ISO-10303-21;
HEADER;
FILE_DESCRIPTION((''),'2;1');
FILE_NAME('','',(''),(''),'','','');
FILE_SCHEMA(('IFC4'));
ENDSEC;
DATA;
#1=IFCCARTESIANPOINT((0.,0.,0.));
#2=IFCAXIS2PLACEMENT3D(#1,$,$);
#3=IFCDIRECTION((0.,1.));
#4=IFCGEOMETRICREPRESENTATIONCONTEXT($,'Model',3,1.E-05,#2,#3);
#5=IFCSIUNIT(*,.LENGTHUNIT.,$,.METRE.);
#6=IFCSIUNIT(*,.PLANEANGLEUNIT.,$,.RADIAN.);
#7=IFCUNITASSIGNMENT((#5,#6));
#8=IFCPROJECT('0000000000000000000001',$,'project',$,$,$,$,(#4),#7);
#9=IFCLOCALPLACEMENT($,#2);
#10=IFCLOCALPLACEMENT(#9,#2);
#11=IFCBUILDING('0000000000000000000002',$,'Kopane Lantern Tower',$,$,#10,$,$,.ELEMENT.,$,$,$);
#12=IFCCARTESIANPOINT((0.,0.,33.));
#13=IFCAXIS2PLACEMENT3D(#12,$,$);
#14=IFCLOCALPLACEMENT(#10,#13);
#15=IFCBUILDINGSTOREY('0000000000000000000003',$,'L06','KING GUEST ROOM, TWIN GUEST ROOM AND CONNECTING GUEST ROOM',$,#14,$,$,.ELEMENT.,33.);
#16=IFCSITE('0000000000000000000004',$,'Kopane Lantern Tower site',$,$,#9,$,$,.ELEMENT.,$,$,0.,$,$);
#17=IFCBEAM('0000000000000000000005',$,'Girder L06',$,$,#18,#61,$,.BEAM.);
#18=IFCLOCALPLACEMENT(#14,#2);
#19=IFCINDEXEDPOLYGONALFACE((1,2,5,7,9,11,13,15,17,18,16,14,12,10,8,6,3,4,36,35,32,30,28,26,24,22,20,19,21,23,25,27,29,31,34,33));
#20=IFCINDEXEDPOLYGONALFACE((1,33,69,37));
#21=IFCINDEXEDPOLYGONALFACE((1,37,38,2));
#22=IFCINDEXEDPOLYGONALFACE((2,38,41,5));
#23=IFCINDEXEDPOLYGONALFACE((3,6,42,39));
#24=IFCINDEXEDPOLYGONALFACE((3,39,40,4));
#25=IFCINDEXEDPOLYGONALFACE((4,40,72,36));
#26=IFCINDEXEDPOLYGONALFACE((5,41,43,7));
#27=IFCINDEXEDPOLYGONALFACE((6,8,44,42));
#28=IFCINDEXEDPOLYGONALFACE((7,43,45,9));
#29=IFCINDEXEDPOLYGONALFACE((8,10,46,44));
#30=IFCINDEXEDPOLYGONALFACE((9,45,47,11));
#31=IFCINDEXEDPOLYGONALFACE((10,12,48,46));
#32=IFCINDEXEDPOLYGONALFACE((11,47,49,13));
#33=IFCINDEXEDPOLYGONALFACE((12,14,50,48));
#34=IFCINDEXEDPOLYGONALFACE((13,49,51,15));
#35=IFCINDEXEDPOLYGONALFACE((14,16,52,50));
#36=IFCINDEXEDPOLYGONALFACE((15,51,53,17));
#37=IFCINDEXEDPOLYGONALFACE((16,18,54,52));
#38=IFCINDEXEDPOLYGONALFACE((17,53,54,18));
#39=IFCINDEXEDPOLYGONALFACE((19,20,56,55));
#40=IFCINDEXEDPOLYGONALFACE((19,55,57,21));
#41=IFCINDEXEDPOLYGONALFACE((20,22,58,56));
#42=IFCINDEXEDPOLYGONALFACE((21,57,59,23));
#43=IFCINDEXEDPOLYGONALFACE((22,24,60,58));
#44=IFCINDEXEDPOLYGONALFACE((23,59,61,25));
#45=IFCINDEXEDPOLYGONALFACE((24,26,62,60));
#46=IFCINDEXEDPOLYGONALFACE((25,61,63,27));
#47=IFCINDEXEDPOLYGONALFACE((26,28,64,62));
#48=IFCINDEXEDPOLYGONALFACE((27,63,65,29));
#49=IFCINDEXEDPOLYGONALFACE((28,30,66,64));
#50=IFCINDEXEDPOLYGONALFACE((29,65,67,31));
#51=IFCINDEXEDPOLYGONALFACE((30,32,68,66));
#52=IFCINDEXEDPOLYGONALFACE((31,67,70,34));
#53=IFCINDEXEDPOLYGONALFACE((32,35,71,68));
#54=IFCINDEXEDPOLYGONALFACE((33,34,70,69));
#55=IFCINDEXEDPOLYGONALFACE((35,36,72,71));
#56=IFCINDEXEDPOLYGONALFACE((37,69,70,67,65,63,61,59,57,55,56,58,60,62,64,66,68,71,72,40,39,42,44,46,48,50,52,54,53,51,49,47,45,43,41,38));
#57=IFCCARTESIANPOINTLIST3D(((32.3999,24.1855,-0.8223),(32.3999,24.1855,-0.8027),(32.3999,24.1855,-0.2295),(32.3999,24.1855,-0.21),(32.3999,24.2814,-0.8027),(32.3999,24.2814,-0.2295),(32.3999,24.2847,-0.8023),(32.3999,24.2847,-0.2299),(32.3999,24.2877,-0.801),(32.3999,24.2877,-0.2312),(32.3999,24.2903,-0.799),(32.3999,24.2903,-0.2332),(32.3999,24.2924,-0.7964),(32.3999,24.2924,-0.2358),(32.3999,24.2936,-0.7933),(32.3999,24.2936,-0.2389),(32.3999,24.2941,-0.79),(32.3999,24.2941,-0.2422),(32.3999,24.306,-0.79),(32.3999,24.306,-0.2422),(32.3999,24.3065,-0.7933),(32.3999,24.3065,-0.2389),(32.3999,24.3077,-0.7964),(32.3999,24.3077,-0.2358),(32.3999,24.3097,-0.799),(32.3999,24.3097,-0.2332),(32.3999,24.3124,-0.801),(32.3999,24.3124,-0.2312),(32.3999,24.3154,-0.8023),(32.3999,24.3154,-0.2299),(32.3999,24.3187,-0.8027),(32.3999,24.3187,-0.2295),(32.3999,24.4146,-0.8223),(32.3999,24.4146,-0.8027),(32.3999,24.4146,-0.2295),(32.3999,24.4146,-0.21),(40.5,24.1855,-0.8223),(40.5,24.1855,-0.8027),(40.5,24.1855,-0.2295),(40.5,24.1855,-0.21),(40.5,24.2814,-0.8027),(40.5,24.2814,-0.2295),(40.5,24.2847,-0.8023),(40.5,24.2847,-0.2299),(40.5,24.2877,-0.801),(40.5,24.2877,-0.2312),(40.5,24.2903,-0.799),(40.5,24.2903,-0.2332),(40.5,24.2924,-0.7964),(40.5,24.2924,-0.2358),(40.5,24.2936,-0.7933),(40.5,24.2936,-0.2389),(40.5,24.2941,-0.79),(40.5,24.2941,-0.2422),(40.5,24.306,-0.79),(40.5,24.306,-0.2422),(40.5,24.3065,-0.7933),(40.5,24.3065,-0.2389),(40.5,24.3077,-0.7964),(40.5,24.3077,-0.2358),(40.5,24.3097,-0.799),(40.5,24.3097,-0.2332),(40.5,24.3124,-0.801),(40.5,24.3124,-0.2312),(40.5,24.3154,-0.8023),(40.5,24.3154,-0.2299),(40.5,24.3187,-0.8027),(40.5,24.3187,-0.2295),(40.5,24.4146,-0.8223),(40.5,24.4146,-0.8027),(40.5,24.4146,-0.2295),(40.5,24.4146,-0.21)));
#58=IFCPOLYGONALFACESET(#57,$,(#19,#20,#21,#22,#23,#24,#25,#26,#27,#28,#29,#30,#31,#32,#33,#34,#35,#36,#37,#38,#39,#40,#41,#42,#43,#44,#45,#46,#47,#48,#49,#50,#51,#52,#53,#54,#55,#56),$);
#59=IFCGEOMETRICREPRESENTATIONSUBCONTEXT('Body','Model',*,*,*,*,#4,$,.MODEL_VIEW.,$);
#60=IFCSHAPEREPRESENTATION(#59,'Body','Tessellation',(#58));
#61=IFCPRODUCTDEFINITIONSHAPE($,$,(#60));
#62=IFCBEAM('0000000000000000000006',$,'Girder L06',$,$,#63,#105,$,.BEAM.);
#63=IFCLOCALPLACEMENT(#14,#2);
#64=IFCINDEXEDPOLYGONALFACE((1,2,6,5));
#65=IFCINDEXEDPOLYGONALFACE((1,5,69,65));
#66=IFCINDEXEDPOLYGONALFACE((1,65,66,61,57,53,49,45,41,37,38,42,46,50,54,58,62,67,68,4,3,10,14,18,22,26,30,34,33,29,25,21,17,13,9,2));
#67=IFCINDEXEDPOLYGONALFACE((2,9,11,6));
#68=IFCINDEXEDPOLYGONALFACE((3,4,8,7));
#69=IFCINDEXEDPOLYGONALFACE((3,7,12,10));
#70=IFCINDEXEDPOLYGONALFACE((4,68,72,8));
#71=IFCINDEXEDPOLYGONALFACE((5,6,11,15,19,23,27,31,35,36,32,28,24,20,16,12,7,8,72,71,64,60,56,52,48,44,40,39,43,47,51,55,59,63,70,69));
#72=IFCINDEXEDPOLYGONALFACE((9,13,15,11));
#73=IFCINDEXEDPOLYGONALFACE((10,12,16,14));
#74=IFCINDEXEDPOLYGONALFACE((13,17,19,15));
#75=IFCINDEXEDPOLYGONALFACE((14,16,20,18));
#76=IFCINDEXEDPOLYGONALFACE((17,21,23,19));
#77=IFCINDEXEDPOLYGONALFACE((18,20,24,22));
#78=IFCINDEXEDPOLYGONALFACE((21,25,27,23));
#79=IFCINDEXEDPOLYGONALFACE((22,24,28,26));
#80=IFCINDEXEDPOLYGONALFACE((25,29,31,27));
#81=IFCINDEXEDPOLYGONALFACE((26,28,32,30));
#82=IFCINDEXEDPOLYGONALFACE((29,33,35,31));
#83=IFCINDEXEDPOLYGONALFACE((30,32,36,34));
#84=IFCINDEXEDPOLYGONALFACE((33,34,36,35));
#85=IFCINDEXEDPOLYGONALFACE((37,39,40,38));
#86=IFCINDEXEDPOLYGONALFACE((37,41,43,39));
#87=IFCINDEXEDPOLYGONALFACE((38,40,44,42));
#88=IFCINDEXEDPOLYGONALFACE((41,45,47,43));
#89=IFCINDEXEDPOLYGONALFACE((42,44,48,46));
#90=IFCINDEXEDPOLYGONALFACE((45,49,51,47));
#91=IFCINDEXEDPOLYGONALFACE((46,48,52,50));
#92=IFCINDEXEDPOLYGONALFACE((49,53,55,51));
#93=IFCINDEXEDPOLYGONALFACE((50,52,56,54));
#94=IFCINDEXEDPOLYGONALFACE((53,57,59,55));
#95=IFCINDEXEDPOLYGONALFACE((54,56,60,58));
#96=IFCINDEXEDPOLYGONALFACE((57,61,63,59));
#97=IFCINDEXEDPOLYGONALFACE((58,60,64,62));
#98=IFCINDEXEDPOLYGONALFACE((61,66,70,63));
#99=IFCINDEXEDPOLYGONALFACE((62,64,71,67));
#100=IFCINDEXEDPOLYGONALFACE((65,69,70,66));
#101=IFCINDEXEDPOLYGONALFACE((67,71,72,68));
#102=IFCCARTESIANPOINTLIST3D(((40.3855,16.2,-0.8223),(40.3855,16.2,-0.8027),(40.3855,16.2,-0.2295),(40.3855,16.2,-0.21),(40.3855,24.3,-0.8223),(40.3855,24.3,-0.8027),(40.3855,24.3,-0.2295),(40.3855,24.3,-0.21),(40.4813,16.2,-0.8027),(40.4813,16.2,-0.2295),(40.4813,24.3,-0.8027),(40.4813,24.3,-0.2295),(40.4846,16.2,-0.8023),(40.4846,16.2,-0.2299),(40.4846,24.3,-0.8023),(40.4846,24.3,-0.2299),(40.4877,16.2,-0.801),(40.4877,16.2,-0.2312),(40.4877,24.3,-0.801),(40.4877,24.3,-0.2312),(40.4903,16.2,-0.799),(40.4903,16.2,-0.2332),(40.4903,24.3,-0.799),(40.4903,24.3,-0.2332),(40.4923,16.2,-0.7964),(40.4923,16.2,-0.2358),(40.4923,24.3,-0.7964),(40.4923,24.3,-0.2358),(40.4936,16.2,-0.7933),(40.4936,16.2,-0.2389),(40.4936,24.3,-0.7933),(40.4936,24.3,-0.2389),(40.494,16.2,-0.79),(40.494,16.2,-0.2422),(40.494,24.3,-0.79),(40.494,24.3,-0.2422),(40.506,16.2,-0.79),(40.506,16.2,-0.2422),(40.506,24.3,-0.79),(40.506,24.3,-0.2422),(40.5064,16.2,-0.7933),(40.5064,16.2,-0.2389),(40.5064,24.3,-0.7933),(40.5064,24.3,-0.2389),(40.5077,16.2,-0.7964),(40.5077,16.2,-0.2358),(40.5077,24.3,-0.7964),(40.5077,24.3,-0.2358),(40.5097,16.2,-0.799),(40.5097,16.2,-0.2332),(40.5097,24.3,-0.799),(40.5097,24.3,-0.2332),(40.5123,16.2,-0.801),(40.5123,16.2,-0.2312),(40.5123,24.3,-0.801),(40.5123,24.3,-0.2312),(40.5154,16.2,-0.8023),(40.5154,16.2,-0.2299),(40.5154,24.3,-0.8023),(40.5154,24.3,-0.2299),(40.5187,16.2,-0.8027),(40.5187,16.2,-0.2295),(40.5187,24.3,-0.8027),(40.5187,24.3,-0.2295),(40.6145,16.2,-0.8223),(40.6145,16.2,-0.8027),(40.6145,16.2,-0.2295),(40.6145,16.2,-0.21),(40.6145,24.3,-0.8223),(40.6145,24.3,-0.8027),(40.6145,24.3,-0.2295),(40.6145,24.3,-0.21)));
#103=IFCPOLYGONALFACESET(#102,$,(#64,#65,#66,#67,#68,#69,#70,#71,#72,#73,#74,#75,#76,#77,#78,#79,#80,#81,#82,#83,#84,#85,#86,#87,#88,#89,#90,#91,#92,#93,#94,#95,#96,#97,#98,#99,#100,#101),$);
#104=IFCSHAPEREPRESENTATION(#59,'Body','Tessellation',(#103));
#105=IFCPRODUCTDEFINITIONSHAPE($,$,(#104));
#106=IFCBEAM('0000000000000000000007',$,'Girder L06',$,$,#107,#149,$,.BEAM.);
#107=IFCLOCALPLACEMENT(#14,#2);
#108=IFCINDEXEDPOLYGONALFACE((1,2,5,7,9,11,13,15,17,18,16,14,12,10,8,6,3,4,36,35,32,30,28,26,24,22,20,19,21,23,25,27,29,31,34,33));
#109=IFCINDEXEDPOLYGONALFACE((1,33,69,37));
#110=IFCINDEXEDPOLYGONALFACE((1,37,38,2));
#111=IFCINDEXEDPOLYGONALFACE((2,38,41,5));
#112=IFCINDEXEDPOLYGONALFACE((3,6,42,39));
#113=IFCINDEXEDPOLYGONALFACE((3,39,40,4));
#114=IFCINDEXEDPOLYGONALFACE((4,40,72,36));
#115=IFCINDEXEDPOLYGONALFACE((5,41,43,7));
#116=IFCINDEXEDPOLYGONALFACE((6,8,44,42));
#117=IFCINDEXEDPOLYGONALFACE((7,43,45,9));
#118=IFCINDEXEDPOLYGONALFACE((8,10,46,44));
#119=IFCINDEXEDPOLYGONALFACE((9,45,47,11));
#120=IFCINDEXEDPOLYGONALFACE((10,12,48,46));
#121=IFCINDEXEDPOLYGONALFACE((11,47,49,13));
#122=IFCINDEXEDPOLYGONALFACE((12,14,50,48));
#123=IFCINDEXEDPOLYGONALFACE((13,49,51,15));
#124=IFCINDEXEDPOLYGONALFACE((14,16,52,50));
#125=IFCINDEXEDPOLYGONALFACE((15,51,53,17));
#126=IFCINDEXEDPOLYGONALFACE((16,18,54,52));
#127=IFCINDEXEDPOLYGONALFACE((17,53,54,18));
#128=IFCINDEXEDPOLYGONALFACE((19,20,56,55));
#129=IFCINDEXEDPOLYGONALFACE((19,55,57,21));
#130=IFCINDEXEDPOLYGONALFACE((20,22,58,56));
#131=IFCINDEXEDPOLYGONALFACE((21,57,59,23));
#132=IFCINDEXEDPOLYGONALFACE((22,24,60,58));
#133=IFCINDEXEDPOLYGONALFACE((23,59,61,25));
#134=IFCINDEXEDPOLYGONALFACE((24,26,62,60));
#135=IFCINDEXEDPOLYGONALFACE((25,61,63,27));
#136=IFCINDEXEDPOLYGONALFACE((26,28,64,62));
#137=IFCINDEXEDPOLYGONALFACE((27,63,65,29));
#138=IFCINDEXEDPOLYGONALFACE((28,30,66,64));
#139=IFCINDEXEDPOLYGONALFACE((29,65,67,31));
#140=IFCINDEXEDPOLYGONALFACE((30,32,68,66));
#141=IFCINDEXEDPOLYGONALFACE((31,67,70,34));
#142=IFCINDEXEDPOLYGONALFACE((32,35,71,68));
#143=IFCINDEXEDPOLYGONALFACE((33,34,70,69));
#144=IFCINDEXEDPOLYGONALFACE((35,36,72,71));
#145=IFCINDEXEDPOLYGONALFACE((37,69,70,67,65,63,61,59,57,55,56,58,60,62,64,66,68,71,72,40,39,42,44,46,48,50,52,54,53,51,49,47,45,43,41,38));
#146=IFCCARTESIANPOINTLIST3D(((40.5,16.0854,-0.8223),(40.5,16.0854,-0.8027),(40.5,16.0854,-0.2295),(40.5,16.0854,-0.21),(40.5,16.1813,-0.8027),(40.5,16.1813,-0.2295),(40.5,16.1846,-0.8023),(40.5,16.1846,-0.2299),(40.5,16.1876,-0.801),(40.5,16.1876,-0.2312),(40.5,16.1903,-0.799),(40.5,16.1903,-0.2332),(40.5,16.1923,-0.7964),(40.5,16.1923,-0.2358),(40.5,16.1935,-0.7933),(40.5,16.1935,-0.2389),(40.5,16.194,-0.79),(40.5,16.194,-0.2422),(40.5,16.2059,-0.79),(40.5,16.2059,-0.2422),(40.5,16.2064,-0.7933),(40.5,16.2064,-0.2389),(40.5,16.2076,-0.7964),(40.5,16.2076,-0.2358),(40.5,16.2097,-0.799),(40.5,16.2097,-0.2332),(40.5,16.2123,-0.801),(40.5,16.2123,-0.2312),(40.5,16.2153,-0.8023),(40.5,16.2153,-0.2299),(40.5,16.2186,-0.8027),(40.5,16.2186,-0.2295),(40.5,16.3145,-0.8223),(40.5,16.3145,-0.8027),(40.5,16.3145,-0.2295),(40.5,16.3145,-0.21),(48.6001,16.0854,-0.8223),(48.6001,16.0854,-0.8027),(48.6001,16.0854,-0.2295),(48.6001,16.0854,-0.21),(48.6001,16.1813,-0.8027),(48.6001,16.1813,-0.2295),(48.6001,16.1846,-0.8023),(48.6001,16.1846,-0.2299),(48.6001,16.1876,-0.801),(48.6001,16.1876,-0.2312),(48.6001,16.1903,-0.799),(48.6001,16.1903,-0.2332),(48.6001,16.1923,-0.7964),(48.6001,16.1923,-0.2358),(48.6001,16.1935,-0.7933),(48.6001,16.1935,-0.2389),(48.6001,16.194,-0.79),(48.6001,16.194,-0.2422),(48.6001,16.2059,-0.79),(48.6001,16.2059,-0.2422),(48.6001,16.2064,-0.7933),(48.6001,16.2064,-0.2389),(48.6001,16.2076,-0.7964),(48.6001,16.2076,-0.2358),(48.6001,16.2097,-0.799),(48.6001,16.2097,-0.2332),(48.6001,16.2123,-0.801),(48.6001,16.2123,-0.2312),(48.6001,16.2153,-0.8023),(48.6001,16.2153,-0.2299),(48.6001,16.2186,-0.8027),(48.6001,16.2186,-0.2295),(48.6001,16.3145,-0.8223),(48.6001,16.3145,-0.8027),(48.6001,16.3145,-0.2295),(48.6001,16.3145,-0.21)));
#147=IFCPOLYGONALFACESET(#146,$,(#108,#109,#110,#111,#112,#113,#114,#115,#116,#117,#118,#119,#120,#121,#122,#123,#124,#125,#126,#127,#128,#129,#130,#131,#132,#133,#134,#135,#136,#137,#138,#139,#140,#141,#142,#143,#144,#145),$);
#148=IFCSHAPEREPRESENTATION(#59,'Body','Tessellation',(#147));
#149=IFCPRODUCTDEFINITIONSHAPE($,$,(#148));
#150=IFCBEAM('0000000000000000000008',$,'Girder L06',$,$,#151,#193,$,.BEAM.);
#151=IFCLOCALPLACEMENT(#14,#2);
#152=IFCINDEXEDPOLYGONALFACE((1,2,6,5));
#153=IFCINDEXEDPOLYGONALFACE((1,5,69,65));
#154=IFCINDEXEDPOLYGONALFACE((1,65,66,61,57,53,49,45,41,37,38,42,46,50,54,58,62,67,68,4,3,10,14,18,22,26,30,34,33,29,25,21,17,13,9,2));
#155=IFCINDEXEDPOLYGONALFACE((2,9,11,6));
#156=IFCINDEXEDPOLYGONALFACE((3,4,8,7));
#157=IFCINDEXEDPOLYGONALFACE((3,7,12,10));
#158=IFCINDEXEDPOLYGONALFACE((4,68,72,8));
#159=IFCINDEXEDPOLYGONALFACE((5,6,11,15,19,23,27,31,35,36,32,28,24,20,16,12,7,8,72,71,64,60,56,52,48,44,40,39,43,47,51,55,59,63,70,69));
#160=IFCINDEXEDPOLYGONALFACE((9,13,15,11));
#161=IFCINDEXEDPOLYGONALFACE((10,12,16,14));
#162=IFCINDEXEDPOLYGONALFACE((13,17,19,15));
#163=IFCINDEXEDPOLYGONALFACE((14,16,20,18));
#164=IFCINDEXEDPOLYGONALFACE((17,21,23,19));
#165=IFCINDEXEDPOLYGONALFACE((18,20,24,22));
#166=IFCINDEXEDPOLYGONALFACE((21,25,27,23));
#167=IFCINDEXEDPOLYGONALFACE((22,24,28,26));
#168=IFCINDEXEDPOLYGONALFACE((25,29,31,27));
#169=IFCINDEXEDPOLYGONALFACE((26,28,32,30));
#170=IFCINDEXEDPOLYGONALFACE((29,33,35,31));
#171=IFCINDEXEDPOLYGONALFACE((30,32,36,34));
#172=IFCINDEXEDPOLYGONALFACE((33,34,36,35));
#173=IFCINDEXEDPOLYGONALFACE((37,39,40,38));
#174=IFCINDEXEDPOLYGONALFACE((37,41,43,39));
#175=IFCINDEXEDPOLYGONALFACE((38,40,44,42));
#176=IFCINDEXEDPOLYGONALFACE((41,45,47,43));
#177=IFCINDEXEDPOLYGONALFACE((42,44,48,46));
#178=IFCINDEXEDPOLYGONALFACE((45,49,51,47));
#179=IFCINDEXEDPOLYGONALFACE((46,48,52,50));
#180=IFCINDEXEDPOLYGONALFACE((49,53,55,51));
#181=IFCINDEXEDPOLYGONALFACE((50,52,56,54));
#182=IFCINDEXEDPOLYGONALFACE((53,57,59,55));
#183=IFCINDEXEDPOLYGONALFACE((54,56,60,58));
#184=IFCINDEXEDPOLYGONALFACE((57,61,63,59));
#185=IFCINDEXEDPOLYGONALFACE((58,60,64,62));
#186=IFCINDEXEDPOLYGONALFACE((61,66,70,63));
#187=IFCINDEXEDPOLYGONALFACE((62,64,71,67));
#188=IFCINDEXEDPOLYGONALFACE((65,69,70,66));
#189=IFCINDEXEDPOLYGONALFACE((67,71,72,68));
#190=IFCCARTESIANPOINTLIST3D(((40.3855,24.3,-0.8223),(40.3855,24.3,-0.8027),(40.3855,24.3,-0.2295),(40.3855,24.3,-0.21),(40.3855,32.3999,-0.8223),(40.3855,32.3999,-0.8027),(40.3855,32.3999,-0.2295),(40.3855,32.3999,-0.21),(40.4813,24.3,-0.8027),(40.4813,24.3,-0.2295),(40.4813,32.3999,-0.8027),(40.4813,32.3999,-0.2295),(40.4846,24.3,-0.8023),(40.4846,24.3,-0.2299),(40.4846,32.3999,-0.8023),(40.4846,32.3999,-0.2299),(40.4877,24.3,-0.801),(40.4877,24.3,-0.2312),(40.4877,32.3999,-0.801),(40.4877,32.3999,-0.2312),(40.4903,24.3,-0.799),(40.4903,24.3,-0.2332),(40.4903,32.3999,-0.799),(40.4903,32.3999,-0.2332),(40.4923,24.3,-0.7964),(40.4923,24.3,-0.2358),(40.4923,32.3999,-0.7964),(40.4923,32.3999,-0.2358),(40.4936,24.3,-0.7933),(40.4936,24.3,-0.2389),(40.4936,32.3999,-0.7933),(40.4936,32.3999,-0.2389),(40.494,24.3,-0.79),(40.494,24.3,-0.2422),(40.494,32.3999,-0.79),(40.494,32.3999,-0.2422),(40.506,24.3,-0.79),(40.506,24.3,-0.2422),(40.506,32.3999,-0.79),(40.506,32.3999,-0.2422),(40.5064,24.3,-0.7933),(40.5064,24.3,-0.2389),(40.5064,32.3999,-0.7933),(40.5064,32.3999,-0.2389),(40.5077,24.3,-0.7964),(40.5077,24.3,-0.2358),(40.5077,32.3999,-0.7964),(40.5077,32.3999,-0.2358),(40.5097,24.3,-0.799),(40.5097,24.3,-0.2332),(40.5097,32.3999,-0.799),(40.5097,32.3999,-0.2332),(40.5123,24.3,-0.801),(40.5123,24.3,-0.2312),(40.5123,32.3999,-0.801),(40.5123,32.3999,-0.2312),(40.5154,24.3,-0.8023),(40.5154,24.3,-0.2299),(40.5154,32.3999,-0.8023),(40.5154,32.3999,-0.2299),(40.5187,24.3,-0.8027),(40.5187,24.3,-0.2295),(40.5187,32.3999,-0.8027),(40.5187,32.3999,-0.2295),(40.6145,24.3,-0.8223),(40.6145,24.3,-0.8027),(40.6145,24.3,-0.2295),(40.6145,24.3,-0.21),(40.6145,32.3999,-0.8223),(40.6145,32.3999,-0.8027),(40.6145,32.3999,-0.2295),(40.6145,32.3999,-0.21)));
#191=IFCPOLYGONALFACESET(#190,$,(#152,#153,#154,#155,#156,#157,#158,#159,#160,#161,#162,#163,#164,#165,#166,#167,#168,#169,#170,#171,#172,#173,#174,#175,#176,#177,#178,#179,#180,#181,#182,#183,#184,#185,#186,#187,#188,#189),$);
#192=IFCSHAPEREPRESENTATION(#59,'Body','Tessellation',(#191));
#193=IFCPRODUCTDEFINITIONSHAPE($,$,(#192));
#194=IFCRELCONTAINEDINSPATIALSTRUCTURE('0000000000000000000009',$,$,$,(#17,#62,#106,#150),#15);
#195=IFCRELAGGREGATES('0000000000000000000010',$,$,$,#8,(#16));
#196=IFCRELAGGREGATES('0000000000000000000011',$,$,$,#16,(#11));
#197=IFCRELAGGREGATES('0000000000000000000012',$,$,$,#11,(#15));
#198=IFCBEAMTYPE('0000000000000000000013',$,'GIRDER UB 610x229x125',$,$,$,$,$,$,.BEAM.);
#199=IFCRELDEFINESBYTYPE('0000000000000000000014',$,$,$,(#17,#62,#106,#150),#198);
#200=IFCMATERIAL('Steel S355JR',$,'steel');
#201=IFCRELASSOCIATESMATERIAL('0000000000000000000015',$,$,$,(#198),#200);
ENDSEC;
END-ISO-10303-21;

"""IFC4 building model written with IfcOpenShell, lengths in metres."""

from ifc_helpers import new_model, si_unit, direction, frame, origin, origin_2d, place, context, subcontext, project, spatial, i_section, extrude, material, material_profile, profile_set, type_object, element, save


model = new_model("IFC4")

# Units and contexts
model_context = context("Model", 3, precision=1e-05, world=origin(), true_north=direction((0.0, 1.0)))
body_context = subcontext(model_context, "Body", "Model", "MODEL_VIEW")
ifc_project = project(units=[si_unit("LENGTHUNIT", "METRE"), si_unit("PLANEANGLEUNIT", "RADIAN")], contexts=[model_context])

# Site, building, storey
site_placement = place(None, origin())
site = spatial("IfcSite", under=ifc_project, at=site_placement, Name="Kopane Lantern Tower site", CompositionType="ELEMENT", RefElevation=0.0)
building_placement = place(site_placement, origin())
building = spatial("IfcBuilding", under=site, at=building_placement, Name="Kopane Lantern Tower", CompositionType="ELEMENT")
storey_placement = place(building_placement, frame((0.0, 0.0, 33.0)))
storey = spatial("IfcBuildingStorey", under=building, at=storey_placement, Name="L06", Description="KING GUEST ROOM, TWIN GUEST ROOM AND CONNECTING GUEST ROOM", CompositionType="ELEMENT", Elevation=33.0)

# Beams
ifc_material_1 = material(Name="Steel S355JR", Category="steel")
ifc_material_profile_1 = material_profile(ifc_material_1, i_section(OverallWidth=0.229, OverallDepth=0.6123, WebThickness=0.012, FlangeThickness=0.0195, FilletRadius=0.0127, at=origin_2d()), Name="UB 610x229x125")
ifc_profile_set_1 = profile_set([ifc_material_profile_1], Name="Steel S355JR")
beam_type_1 = type_object("IfcBeamType", Name="GIRDER UB 610x229x125", PredefinedType="BEAM", material=ifc_profile_set_1)
for number, where, z_axis, x_axis, name in (
    (1, (32.3999, 24.3, -0.5161), (1.0, 0.0, 0.0), (0.0, 1.0, 0.0), "Girder L06"),
    (2, (40.5, 16.2, -0.5161), (0.0, 1.0, 0.0), (-1.0, 0.0, 0.0), "Girder L06"),
    (3, (40.5, 16.2, -0.5161), (1.0, 0.0, 0.0), (0.0, 1.0, 0.0), "Girder L06"),
):
    element("IfcBeam", number, at=place(storey_placement, frame(where, z_axis=z_axis, x_axis=x_axis)), inside=storey, type_object=beam_type_1, Name=name, PredefinedType="BEAM", context=body_context, shape_type="SweptSolid", body=[
        extrude(i_section(OverallWidth=0.229, OverallDepth=0.6123, WebThickness=0.012, FlangeThickness=0.0195, FilletRadius=0.0127, at=origin_2d()), origin(), (0.0, 0.0, 1.0), 8.1001),
    ])
beam_1_placement = place(storey_placement, frame((40.5, 24.3, -0.5161), z_axis=(0.0, 1.0, 0.0), x_axis=(-1.0, 0.0, 0.0)))
element("IfcBeam", 4, at=beam_1_placement, inside=storey, type_object=beam_type_1, Name="Girder L06", PredefinedType="BEAM", context=body_context, shape_type="SweptSolid", body=[
    extrude(i_section(OverallWidth=0.229, OverallDepth=0.6123, WebThickness=0.012, FlangeThickness=0.0195, FilletRadius=0.0127, at=origin_2d()), origin(), (0.0, 0.0, 1.0), 8.0999),
])

save(model, "model.ifc")
